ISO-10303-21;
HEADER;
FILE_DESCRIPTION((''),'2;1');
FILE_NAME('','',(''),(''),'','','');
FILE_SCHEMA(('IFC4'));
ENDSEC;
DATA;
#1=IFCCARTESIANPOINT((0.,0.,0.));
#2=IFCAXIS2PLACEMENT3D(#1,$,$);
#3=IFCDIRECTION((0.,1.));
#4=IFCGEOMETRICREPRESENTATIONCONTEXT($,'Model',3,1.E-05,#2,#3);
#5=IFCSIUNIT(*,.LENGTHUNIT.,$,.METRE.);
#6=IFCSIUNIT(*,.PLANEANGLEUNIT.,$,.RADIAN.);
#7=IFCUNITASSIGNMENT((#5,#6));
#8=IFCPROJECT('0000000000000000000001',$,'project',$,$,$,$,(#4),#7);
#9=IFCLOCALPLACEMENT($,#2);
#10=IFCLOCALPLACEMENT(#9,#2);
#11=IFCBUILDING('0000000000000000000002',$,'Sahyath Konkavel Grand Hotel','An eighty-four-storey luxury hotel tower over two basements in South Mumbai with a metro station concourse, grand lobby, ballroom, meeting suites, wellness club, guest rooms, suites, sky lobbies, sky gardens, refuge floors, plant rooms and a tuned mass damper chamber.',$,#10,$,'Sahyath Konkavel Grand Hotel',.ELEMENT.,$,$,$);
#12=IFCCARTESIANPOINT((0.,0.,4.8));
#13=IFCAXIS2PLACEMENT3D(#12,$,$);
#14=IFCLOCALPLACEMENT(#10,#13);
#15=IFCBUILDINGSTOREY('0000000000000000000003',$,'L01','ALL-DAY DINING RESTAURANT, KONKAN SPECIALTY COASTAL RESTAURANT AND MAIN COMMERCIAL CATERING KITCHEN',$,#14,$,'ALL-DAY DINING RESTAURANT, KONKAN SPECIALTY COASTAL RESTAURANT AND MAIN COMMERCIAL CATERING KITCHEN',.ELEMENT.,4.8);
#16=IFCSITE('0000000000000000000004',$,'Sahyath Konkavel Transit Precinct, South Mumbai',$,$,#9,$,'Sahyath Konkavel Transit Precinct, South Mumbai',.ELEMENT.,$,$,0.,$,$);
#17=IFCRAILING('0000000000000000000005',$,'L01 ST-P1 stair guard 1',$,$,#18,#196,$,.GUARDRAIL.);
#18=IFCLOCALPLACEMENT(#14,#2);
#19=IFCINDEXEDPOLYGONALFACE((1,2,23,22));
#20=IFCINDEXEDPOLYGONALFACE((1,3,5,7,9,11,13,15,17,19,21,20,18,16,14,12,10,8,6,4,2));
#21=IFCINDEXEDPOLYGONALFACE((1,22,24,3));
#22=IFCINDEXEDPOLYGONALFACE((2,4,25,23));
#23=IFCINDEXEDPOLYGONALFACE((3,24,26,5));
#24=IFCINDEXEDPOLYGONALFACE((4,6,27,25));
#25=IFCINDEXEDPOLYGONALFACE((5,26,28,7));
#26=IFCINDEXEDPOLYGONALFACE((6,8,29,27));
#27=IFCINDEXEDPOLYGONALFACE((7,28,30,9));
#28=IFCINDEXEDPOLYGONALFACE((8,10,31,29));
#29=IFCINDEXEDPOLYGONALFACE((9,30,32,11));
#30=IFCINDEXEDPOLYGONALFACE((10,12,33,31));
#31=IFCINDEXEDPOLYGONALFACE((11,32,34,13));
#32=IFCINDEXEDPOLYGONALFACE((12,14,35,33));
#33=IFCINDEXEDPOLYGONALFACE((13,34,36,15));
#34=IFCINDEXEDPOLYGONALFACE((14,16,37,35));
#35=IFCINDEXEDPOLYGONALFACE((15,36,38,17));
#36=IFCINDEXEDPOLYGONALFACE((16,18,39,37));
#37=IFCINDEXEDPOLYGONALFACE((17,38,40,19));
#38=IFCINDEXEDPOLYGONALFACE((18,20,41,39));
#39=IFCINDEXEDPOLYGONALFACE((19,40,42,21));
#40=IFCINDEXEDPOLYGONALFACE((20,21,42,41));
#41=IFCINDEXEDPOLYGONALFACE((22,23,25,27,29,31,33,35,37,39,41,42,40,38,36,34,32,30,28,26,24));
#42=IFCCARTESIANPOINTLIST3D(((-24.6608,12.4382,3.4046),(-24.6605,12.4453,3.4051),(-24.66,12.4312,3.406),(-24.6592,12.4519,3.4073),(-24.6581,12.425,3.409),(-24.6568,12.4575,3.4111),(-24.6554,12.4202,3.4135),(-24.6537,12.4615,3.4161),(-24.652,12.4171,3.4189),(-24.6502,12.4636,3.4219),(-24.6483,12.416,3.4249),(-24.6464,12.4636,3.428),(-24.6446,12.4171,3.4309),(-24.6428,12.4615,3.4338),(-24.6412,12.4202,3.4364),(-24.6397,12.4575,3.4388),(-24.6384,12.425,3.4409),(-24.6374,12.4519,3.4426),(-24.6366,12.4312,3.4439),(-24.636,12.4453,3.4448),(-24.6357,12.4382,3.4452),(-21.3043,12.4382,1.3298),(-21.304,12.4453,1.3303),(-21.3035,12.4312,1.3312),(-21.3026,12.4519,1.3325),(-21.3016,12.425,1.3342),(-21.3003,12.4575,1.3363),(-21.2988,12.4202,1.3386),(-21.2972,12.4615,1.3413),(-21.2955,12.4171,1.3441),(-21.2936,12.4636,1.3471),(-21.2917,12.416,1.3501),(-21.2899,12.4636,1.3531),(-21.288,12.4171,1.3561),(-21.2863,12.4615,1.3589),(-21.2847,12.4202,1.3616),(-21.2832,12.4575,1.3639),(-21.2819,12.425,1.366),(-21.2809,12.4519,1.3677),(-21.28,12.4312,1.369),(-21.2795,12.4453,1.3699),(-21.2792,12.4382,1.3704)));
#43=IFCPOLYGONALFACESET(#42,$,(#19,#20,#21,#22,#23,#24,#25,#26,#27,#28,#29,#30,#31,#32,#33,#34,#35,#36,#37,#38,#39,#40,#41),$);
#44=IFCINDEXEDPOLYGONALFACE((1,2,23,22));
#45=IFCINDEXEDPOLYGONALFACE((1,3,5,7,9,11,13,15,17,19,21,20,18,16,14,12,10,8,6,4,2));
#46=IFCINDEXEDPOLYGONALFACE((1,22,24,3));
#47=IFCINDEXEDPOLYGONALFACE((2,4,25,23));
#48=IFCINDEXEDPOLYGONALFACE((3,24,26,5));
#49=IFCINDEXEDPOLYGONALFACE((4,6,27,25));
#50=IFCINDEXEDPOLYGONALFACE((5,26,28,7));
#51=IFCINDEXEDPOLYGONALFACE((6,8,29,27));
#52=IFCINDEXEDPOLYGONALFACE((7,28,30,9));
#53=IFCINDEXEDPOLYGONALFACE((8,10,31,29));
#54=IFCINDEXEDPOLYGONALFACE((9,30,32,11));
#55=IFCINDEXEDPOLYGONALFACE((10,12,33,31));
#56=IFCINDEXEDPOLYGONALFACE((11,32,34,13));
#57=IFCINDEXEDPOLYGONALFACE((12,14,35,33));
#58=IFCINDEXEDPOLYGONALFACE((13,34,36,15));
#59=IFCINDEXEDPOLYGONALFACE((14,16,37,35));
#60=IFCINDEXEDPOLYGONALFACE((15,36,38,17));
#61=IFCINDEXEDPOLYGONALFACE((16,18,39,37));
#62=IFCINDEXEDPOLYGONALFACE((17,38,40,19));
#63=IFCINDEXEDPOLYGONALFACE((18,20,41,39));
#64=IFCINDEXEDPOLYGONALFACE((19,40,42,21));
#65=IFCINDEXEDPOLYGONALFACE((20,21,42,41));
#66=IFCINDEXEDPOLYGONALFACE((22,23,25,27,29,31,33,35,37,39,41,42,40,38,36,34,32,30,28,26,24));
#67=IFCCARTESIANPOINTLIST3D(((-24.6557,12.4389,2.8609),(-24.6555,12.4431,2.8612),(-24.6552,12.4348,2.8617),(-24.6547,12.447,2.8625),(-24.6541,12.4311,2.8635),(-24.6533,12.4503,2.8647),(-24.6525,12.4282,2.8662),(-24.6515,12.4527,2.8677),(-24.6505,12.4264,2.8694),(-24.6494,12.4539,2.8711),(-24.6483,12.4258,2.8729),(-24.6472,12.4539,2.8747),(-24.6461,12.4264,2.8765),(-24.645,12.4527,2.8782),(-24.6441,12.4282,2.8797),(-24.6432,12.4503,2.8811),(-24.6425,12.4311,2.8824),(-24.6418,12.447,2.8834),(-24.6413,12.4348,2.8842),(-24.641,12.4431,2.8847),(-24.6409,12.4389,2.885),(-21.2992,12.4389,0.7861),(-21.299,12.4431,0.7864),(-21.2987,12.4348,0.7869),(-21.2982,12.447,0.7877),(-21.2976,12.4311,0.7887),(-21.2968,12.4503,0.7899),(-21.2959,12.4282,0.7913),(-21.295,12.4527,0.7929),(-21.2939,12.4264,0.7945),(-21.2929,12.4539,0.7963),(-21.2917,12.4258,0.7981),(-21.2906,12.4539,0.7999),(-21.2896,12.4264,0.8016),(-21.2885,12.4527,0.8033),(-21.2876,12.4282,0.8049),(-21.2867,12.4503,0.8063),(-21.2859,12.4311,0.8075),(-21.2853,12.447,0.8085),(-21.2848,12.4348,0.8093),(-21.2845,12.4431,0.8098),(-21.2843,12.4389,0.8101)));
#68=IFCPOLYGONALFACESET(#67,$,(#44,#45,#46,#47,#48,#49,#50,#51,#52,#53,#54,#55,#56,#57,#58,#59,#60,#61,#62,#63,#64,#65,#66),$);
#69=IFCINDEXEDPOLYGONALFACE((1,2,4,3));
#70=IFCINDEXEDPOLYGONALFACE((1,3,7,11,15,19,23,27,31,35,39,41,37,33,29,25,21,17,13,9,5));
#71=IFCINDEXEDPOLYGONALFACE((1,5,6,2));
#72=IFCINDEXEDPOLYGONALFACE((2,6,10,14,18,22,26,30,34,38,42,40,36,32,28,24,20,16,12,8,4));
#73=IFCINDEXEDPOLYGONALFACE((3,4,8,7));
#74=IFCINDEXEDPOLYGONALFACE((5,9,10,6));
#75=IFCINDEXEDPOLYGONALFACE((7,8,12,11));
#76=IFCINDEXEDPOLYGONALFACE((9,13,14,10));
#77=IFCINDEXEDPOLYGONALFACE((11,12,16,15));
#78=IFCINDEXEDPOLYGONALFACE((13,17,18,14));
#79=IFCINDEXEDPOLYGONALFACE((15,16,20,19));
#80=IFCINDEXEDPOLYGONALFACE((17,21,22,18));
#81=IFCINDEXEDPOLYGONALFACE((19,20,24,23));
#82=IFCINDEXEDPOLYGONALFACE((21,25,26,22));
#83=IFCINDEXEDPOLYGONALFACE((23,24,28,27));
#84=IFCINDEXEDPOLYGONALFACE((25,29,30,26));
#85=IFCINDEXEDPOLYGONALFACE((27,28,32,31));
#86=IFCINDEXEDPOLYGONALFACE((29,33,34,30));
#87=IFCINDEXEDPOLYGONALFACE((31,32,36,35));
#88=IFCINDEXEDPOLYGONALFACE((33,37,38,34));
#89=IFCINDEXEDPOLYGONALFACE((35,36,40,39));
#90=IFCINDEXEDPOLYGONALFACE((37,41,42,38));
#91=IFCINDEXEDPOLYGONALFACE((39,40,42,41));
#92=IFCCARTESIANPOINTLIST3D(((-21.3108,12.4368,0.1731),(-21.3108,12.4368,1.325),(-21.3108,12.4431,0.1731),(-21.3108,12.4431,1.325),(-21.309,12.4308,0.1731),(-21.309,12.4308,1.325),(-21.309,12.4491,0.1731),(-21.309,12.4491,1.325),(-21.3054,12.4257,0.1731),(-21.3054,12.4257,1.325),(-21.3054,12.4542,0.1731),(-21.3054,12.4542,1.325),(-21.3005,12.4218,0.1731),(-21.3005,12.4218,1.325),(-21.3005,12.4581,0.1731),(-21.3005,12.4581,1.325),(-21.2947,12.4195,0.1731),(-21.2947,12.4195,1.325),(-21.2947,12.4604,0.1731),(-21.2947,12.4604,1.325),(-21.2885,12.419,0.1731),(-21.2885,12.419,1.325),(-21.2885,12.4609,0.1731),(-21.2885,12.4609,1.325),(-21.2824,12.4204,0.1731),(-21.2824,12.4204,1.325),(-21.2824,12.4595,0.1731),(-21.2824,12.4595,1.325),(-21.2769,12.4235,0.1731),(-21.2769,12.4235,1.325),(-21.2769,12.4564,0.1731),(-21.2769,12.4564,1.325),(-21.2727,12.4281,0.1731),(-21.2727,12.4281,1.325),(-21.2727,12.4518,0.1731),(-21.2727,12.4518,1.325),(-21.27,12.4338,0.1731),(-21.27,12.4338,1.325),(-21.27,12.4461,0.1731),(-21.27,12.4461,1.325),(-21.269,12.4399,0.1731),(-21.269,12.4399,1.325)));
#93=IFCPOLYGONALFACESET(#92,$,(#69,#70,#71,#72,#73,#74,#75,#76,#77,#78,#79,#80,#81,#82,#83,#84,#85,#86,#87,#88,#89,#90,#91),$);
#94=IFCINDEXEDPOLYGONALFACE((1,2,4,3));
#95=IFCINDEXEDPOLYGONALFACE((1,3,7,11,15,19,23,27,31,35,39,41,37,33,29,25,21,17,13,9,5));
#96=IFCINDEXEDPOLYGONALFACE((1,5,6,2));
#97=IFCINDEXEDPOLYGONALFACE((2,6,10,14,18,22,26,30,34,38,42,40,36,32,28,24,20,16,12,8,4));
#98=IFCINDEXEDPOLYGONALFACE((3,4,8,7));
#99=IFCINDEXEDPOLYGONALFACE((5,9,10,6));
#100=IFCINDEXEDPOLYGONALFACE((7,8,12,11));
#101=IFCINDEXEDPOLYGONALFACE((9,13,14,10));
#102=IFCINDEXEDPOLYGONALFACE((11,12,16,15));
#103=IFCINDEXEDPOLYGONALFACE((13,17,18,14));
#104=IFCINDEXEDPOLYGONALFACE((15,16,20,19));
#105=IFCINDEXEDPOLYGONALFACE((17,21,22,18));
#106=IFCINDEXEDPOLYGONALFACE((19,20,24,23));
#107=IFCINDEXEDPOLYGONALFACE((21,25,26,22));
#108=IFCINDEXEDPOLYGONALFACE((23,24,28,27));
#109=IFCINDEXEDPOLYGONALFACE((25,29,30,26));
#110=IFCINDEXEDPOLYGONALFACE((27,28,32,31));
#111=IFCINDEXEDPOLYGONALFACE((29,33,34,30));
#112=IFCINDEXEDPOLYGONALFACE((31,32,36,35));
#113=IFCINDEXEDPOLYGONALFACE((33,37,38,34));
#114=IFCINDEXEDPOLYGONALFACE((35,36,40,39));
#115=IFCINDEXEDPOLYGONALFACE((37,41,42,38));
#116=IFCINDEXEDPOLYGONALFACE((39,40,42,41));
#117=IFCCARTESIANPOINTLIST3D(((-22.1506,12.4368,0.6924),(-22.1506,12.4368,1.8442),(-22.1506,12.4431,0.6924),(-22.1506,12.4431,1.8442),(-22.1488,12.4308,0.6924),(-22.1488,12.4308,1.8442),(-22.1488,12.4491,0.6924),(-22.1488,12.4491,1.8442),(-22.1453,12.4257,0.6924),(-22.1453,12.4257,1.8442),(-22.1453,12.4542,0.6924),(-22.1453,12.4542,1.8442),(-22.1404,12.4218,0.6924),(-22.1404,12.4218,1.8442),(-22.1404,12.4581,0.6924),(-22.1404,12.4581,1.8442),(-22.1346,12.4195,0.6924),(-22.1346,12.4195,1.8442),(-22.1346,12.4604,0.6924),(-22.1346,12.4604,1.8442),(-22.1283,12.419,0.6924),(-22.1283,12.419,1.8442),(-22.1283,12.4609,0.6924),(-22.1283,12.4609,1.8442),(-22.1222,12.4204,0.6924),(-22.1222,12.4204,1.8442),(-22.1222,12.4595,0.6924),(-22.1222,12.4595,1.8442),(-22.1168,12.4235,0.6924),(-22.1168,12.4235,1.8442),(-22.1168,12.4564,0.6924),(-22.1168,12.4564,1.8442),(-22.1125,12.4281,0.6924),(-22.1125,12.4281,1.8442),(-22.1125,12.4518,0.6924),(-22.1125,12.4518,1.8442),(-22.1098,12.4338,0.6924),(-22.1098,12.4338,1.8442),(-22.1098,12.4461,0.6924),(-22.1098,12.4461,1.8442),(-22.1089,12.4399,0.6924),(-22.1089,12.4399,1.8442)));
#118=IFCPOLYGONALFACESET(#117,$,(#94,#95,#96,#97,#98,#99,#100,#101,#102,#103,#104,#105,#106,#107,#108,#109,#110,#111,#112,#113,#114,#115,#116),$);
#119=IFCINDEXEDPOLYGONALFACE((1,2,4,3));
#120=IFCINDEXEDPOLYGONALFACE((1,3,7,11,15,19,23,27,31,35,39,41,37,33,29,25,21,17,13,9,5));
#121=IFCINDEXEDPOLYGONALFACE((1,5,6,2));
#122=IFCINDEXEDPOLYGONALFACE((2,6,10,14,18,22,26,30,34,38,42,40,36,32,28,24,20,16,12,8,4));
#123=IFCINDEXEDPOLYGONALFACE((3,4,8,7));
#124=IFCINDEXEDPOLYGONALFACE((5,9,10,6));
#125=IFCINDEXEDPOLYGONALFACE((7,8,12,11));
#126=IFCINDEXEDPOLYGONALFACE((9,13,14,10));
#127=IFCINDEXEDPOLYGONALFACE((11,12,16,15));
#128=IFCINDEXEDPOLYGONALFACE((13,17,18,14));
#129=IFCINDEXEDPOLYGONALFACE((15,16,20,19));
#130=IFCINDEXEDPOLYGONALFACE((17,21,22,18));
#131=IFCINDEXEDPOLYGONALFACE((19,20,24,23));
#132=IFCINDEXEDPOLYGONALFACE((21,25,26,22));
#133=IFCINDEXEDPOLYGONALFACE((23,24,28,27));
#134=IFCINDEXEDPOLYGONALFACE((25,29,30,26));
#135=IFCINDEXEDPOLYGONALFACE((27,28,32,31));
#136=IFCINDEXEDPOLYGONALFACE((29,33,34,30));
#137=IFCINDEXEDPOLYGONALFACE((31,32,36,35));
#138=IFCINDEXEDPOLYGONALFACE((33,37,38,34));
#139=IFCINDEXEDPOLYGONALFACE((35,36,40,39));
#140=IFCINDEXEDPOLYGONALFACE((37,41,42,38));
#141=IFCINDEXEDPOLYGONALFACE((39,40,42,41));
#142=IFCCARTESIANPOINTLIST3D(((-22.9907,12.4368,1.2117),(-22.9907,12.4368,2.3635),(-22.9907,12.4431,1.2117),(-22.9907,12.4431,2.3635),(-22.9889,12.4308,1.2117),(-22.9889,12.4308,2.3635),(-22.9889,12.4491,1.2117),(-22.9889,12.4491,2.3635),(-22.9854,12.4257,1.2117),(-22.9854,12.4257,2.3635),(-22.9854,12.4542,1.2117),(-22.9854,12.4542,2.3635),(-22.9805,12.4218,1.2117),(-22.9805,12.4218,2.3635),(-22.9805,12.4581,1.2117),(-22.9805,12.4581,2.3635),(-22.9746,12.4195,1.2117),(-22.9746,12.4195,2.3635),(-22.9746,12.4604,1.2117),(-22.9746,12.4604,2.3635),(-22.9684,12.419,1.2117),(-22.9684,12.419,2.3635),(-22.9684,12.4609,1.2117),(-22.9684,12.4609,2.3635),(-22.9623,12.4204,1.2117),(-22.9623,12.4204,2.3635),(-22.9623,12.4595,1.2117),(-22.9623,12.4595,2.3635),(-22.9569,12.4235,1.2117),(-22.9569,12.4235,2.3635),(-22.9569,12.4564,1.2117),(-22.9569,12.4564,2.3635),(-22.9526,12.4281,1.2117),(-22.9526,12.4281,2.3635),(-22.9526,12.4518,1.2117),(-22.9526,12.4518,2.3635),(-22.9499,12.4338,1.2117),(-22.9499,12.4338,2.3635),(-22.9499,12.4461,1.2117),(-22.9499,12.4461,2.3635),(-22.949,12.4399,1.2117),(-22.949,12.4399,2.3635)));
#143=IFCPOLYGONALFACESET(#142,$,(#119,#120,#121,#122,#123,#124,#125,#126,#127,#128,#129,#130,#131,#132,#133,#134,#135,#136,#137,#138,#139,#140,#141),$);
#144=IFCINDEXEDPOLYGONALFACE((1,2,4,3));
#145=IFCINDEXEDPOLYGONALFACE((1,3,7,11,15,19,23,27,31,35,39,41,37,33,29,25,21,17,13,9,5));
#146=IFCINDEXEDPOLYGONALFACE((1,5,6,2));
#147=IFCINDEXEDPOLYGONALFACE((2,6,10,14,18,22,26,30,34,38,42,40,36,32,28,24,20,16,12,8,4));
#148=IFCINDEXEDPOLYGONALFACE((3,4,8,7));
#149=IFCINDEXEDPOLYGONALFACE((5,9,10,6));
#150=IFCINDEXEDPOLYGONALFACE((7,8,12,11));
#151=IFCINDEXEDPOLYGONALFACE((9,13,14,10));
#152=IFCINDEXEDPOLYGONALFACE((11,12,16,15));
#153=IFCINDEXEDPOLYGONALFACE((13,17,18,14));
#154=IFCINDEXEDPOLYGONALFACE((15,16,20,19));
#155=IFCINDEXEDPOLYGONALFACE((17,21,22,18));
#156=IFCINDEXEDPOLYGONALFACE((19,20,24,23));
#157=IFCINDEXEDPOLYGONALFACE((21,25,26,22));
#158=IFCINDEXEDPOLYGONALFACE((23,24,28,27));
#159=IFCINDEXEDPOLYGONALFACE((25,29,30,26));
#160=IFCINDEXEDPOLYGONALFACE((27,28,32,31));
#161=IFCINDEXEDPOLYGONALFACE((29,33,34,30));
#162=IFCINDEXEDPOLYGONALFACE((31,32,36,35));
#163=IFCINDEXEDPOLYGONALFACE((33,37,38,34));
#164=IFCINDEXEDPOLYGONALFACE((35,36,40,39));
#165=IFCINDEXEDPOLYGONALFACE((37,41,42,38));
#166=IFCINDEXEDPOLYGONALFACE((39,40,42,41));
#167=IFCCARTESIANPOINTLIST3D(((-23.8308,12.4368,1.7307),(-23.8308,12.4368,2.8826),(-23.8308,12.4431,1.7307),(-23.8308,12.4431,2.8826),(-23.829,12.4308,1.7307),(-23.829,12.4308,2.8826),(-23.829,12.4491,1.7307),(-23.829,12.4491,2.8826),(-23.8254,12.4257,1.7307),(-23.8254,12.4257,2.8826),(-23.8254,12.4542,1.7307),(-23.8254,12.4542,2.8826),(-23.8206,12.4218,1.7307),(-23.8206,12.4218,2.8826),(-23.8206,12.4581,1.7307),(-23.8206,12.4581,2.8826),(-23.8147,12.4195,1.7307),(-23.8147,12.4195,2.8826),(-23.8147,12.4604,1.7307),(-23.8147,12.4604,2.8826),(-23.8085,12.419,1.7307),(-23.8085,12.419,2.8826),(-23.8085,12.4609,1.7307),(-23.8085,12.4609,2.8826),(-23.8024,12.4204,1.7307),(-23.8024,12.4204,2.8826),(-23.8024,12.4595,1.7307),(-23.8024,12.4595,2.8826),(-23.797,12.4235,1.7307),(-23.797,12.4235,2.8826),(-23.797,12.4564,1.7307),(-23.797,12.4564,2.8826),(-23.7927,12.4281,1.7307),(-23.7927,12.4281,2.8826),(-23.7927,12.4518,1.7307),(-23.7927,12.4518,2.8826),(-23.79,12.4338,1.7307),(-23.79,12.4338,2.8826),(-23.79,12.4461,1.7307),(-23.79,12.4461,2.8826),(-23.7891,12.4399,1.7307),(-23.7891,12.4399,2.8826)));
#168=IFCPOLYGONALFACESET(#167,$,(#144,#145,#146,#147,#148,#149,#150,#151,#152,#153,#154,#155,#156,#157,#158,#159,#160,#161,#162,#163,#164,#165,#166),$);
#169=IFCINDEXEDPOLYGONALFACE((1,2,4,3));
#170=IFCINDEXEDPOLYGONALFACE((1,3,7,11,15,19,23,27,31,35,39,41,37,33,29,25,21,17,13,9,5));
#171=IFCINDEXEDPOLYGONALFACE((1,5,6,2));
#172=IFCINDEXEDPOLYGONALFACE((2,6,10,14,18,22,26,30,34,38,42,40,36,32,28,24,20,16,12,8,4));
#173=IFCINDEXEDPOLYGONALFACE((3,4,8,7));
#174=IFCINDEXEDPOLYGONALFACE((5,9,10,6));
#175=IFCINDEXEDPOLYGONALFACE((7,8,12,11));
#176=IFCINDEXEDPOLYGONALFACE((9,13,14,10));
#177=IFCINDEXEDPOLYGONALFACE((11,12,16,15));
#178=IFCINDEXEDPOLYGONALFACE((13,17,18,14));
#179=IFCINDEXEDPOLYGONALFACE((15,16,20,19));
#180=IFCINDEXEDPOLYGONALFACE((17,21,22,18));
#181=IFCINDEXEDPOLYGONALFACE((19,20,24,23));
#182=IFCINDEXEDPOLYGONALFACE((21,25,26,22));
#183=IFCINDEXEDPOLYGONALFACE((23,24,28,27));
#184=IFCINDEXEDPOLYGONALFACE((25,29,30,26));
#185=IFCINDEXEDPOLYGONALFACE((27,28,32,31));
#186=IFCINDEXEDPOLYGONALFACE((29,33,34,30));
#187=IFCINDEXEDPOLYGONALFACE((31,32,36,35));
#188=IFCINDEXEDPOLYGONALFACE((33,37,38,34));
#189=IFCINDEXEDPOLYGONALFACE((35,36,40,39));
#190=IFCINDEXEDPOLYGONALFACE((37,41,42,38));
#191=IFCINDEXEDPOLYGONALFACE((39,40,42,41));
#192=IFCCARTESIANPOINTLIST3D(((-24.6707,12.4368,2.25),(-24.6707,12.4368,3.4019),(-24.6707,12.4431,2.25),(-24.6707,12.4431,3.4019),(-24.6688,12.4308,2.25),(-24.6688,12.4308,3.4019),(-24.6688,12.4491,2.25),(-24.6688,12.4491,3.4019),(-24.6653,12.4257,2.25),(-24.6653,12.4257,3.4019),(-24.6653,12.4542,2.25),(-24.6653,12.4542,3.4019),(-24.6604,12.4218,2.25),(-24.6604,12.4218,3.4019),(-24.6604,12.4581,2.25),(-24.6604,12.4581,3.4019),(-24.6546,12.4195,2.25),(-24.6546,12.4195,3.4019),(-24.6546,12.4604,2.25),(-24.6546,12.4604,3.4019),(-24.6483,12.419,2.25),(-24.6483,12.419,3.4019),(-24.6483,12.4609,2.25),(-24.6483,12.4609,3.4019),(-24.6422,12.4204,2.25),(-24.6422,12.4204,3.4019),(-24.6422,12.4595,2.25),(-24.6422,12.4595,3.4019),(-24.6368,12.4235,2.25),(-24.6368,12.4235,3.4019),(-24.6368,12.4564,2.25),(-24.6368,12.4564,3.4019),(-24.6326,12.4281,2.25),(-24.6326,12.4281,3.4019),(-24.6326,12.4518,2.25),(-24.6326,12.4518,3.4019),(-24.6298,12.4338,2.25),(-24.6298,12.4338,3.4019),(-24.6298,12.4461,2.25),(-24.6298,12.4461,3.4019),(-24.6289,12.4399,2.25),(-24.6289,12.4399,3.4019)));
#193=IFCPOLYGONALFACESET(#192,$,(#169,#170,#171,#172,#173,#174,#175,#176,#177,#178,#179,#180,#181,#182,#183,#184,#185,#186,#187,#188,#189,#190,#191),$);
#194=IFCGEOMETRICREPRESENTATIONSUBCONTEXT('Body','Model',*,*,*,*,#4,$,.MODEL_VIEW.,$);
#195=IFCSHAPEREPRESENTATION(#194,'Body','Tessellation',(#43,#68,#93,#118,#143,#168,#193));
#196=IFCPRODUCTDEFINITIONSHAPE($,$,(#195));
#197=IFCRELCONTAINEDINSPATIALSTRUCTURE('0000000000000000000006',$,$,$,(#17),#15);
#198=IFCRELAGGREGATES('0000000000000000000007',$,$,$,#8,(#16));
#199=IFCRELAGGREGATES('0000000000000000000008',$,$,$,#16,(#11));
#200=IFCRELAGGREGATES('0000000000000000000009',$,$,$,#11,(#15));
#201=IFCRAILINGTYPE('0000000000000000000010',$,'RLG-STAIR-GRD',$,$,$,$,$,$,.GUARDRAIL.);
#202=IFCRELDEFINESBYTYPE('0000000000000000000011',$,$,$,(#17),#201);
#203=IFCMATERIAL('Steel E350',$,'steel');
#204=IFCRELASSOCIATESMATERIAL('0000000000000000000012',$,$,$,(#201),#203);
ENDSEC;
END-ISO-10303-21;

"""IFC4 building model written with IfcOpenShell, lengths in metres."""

from ifc_helpers import new_model, si_unit, direction, frame, origin, origin_2d, place, context, subcontext, project, spatial, circle, extrude, material, type_object, element, save


model = new_model("IFC4")

# Units and contexts
model_context = context("Model", 3, precision=1e-05, world=origin(), true_north=direction((0.0, 1.0)))
body_context = subcontext(model_context, "Body", "Model", "MODEL_VIEW")
ifc_project = project(units=[si_unit("LENGTHUNIT", "METRE"), si_unit("PLANEANGLEUNIT", "RADIAN")], contexts=[model_context])

# Site, building, storey
site_placement = place(None, origin())
site = spatial("IfcSite", under=ifc_project, at=site_placement, Name="Sahyath Konkavel Transit Precinct, South Mumbai", LongName="Sahyath Konkavel Transit Precinct, South Mumbai", CompositionType="ELEMENT", RefElevation=0.0)
building_placement = place(site_placement, origin())
building = spatial("IfcBuilding", under=site, at=building_placement, Name="Sahyath Konkavel Grand Hotel", Description="An eighty-four-storey luxury hotel tower over two basements in South Mumbai with a metro station concourse, grand lobby, ballroom, meeting suites, wellness club, guest rooms, suites, sky lobbies, sky gardens, refuge floors, plant rooms and a tuned mass damper chamber.", LongName="Sahyath Konkavel Grand Hotel", CompositionType="ELEMENT")
storey_placement = place(building_placement, frame((0.0, 0.0, 4.8)))
storey = spatial("IfcBuildingStorey", under=building, at=storey_placement, Name="L01", Description="ALL-DAY DINING RESTAURANT, KONKAN SPECIALTY COASTAL RESTAURANT AND MAIN COMMERCIAL CATERING KITCHEN", LongName="ALL-DAY DINING RESTAURANT, KONKAN SPECIALTY COASTAL RESTAURANT AND MAIN COMMERCIAL CATERING KITCHEN", CompositionType="ELEMENT", Elevation=4.8)

# Shared definitions
ifc_material_1 = material(Name="Steel E350", Category="steel")

# Railing
railing_type_1 = type_object("IfcRailingType", Name="RLG-STAIR-GRD", PredefinedType="GUARDRAIL", material=ifc_material_1)
railing_1_placement = place(storey_placement, frame((-21.29, 12.4399, 0.1731)))
element("IfcRailing", 1, at=railing_1_placement, inside=storey, type_object=railing_type_1, Name="L01 ST-P1 stair guard 1", PredefinedType="GUARDRAIL", context=body_context, shape_type="SweptSolid", body=[
    extrude(circle(Radius=0.0239, at=origin_2d()), frame((-0.0017, 0.0, 1.177), z_axis=(-0.850606, 0.0, 0.525803), x_axis=(0.0, -1.0, 0.0)), (0.0, 0.0, 1.0), 3.946),
    extrude(circle(Radius=0.0142, at=origin_2d()), frame((-0.0017, 0.0, 0.625), z_axis=(-0.850606, 0.0, 0.525803), x_axis=(0.0, -1.0, 0.0)), (0.0, 0.0, 1.0), 3.946),
    extrude(circle(Radius=0.021, at=origin_2d()), origin(), (0.0, 0.0, 1.0), 1.1519),
    extrude(circle(Radius=0.021, at=origin_2d()), frame((-0.8398, 0.0, 0.5193)), (0.0, 0.0, 1.0), 1.1519),
    extrude(circle(Radius=0.021, at=origin_2d()), frame((-1.6799, 0.0, 1.0386)), (0.0, 0.0, 1.0), 1.1519),
    extrude(circle(Radius=0.021, at=origin_2d()), frame((-2.52, 0.0, 1.5576)), (0.0, 0.0, 1.0), 1.1519),
    extrude(circle(Radius=0.021, at=origin_2d()), frame((-3.3599, 0.0, 2.0769)), (0.0, 0.0, 1.0), 1.1519),
])

save(model, "model.ifc")
